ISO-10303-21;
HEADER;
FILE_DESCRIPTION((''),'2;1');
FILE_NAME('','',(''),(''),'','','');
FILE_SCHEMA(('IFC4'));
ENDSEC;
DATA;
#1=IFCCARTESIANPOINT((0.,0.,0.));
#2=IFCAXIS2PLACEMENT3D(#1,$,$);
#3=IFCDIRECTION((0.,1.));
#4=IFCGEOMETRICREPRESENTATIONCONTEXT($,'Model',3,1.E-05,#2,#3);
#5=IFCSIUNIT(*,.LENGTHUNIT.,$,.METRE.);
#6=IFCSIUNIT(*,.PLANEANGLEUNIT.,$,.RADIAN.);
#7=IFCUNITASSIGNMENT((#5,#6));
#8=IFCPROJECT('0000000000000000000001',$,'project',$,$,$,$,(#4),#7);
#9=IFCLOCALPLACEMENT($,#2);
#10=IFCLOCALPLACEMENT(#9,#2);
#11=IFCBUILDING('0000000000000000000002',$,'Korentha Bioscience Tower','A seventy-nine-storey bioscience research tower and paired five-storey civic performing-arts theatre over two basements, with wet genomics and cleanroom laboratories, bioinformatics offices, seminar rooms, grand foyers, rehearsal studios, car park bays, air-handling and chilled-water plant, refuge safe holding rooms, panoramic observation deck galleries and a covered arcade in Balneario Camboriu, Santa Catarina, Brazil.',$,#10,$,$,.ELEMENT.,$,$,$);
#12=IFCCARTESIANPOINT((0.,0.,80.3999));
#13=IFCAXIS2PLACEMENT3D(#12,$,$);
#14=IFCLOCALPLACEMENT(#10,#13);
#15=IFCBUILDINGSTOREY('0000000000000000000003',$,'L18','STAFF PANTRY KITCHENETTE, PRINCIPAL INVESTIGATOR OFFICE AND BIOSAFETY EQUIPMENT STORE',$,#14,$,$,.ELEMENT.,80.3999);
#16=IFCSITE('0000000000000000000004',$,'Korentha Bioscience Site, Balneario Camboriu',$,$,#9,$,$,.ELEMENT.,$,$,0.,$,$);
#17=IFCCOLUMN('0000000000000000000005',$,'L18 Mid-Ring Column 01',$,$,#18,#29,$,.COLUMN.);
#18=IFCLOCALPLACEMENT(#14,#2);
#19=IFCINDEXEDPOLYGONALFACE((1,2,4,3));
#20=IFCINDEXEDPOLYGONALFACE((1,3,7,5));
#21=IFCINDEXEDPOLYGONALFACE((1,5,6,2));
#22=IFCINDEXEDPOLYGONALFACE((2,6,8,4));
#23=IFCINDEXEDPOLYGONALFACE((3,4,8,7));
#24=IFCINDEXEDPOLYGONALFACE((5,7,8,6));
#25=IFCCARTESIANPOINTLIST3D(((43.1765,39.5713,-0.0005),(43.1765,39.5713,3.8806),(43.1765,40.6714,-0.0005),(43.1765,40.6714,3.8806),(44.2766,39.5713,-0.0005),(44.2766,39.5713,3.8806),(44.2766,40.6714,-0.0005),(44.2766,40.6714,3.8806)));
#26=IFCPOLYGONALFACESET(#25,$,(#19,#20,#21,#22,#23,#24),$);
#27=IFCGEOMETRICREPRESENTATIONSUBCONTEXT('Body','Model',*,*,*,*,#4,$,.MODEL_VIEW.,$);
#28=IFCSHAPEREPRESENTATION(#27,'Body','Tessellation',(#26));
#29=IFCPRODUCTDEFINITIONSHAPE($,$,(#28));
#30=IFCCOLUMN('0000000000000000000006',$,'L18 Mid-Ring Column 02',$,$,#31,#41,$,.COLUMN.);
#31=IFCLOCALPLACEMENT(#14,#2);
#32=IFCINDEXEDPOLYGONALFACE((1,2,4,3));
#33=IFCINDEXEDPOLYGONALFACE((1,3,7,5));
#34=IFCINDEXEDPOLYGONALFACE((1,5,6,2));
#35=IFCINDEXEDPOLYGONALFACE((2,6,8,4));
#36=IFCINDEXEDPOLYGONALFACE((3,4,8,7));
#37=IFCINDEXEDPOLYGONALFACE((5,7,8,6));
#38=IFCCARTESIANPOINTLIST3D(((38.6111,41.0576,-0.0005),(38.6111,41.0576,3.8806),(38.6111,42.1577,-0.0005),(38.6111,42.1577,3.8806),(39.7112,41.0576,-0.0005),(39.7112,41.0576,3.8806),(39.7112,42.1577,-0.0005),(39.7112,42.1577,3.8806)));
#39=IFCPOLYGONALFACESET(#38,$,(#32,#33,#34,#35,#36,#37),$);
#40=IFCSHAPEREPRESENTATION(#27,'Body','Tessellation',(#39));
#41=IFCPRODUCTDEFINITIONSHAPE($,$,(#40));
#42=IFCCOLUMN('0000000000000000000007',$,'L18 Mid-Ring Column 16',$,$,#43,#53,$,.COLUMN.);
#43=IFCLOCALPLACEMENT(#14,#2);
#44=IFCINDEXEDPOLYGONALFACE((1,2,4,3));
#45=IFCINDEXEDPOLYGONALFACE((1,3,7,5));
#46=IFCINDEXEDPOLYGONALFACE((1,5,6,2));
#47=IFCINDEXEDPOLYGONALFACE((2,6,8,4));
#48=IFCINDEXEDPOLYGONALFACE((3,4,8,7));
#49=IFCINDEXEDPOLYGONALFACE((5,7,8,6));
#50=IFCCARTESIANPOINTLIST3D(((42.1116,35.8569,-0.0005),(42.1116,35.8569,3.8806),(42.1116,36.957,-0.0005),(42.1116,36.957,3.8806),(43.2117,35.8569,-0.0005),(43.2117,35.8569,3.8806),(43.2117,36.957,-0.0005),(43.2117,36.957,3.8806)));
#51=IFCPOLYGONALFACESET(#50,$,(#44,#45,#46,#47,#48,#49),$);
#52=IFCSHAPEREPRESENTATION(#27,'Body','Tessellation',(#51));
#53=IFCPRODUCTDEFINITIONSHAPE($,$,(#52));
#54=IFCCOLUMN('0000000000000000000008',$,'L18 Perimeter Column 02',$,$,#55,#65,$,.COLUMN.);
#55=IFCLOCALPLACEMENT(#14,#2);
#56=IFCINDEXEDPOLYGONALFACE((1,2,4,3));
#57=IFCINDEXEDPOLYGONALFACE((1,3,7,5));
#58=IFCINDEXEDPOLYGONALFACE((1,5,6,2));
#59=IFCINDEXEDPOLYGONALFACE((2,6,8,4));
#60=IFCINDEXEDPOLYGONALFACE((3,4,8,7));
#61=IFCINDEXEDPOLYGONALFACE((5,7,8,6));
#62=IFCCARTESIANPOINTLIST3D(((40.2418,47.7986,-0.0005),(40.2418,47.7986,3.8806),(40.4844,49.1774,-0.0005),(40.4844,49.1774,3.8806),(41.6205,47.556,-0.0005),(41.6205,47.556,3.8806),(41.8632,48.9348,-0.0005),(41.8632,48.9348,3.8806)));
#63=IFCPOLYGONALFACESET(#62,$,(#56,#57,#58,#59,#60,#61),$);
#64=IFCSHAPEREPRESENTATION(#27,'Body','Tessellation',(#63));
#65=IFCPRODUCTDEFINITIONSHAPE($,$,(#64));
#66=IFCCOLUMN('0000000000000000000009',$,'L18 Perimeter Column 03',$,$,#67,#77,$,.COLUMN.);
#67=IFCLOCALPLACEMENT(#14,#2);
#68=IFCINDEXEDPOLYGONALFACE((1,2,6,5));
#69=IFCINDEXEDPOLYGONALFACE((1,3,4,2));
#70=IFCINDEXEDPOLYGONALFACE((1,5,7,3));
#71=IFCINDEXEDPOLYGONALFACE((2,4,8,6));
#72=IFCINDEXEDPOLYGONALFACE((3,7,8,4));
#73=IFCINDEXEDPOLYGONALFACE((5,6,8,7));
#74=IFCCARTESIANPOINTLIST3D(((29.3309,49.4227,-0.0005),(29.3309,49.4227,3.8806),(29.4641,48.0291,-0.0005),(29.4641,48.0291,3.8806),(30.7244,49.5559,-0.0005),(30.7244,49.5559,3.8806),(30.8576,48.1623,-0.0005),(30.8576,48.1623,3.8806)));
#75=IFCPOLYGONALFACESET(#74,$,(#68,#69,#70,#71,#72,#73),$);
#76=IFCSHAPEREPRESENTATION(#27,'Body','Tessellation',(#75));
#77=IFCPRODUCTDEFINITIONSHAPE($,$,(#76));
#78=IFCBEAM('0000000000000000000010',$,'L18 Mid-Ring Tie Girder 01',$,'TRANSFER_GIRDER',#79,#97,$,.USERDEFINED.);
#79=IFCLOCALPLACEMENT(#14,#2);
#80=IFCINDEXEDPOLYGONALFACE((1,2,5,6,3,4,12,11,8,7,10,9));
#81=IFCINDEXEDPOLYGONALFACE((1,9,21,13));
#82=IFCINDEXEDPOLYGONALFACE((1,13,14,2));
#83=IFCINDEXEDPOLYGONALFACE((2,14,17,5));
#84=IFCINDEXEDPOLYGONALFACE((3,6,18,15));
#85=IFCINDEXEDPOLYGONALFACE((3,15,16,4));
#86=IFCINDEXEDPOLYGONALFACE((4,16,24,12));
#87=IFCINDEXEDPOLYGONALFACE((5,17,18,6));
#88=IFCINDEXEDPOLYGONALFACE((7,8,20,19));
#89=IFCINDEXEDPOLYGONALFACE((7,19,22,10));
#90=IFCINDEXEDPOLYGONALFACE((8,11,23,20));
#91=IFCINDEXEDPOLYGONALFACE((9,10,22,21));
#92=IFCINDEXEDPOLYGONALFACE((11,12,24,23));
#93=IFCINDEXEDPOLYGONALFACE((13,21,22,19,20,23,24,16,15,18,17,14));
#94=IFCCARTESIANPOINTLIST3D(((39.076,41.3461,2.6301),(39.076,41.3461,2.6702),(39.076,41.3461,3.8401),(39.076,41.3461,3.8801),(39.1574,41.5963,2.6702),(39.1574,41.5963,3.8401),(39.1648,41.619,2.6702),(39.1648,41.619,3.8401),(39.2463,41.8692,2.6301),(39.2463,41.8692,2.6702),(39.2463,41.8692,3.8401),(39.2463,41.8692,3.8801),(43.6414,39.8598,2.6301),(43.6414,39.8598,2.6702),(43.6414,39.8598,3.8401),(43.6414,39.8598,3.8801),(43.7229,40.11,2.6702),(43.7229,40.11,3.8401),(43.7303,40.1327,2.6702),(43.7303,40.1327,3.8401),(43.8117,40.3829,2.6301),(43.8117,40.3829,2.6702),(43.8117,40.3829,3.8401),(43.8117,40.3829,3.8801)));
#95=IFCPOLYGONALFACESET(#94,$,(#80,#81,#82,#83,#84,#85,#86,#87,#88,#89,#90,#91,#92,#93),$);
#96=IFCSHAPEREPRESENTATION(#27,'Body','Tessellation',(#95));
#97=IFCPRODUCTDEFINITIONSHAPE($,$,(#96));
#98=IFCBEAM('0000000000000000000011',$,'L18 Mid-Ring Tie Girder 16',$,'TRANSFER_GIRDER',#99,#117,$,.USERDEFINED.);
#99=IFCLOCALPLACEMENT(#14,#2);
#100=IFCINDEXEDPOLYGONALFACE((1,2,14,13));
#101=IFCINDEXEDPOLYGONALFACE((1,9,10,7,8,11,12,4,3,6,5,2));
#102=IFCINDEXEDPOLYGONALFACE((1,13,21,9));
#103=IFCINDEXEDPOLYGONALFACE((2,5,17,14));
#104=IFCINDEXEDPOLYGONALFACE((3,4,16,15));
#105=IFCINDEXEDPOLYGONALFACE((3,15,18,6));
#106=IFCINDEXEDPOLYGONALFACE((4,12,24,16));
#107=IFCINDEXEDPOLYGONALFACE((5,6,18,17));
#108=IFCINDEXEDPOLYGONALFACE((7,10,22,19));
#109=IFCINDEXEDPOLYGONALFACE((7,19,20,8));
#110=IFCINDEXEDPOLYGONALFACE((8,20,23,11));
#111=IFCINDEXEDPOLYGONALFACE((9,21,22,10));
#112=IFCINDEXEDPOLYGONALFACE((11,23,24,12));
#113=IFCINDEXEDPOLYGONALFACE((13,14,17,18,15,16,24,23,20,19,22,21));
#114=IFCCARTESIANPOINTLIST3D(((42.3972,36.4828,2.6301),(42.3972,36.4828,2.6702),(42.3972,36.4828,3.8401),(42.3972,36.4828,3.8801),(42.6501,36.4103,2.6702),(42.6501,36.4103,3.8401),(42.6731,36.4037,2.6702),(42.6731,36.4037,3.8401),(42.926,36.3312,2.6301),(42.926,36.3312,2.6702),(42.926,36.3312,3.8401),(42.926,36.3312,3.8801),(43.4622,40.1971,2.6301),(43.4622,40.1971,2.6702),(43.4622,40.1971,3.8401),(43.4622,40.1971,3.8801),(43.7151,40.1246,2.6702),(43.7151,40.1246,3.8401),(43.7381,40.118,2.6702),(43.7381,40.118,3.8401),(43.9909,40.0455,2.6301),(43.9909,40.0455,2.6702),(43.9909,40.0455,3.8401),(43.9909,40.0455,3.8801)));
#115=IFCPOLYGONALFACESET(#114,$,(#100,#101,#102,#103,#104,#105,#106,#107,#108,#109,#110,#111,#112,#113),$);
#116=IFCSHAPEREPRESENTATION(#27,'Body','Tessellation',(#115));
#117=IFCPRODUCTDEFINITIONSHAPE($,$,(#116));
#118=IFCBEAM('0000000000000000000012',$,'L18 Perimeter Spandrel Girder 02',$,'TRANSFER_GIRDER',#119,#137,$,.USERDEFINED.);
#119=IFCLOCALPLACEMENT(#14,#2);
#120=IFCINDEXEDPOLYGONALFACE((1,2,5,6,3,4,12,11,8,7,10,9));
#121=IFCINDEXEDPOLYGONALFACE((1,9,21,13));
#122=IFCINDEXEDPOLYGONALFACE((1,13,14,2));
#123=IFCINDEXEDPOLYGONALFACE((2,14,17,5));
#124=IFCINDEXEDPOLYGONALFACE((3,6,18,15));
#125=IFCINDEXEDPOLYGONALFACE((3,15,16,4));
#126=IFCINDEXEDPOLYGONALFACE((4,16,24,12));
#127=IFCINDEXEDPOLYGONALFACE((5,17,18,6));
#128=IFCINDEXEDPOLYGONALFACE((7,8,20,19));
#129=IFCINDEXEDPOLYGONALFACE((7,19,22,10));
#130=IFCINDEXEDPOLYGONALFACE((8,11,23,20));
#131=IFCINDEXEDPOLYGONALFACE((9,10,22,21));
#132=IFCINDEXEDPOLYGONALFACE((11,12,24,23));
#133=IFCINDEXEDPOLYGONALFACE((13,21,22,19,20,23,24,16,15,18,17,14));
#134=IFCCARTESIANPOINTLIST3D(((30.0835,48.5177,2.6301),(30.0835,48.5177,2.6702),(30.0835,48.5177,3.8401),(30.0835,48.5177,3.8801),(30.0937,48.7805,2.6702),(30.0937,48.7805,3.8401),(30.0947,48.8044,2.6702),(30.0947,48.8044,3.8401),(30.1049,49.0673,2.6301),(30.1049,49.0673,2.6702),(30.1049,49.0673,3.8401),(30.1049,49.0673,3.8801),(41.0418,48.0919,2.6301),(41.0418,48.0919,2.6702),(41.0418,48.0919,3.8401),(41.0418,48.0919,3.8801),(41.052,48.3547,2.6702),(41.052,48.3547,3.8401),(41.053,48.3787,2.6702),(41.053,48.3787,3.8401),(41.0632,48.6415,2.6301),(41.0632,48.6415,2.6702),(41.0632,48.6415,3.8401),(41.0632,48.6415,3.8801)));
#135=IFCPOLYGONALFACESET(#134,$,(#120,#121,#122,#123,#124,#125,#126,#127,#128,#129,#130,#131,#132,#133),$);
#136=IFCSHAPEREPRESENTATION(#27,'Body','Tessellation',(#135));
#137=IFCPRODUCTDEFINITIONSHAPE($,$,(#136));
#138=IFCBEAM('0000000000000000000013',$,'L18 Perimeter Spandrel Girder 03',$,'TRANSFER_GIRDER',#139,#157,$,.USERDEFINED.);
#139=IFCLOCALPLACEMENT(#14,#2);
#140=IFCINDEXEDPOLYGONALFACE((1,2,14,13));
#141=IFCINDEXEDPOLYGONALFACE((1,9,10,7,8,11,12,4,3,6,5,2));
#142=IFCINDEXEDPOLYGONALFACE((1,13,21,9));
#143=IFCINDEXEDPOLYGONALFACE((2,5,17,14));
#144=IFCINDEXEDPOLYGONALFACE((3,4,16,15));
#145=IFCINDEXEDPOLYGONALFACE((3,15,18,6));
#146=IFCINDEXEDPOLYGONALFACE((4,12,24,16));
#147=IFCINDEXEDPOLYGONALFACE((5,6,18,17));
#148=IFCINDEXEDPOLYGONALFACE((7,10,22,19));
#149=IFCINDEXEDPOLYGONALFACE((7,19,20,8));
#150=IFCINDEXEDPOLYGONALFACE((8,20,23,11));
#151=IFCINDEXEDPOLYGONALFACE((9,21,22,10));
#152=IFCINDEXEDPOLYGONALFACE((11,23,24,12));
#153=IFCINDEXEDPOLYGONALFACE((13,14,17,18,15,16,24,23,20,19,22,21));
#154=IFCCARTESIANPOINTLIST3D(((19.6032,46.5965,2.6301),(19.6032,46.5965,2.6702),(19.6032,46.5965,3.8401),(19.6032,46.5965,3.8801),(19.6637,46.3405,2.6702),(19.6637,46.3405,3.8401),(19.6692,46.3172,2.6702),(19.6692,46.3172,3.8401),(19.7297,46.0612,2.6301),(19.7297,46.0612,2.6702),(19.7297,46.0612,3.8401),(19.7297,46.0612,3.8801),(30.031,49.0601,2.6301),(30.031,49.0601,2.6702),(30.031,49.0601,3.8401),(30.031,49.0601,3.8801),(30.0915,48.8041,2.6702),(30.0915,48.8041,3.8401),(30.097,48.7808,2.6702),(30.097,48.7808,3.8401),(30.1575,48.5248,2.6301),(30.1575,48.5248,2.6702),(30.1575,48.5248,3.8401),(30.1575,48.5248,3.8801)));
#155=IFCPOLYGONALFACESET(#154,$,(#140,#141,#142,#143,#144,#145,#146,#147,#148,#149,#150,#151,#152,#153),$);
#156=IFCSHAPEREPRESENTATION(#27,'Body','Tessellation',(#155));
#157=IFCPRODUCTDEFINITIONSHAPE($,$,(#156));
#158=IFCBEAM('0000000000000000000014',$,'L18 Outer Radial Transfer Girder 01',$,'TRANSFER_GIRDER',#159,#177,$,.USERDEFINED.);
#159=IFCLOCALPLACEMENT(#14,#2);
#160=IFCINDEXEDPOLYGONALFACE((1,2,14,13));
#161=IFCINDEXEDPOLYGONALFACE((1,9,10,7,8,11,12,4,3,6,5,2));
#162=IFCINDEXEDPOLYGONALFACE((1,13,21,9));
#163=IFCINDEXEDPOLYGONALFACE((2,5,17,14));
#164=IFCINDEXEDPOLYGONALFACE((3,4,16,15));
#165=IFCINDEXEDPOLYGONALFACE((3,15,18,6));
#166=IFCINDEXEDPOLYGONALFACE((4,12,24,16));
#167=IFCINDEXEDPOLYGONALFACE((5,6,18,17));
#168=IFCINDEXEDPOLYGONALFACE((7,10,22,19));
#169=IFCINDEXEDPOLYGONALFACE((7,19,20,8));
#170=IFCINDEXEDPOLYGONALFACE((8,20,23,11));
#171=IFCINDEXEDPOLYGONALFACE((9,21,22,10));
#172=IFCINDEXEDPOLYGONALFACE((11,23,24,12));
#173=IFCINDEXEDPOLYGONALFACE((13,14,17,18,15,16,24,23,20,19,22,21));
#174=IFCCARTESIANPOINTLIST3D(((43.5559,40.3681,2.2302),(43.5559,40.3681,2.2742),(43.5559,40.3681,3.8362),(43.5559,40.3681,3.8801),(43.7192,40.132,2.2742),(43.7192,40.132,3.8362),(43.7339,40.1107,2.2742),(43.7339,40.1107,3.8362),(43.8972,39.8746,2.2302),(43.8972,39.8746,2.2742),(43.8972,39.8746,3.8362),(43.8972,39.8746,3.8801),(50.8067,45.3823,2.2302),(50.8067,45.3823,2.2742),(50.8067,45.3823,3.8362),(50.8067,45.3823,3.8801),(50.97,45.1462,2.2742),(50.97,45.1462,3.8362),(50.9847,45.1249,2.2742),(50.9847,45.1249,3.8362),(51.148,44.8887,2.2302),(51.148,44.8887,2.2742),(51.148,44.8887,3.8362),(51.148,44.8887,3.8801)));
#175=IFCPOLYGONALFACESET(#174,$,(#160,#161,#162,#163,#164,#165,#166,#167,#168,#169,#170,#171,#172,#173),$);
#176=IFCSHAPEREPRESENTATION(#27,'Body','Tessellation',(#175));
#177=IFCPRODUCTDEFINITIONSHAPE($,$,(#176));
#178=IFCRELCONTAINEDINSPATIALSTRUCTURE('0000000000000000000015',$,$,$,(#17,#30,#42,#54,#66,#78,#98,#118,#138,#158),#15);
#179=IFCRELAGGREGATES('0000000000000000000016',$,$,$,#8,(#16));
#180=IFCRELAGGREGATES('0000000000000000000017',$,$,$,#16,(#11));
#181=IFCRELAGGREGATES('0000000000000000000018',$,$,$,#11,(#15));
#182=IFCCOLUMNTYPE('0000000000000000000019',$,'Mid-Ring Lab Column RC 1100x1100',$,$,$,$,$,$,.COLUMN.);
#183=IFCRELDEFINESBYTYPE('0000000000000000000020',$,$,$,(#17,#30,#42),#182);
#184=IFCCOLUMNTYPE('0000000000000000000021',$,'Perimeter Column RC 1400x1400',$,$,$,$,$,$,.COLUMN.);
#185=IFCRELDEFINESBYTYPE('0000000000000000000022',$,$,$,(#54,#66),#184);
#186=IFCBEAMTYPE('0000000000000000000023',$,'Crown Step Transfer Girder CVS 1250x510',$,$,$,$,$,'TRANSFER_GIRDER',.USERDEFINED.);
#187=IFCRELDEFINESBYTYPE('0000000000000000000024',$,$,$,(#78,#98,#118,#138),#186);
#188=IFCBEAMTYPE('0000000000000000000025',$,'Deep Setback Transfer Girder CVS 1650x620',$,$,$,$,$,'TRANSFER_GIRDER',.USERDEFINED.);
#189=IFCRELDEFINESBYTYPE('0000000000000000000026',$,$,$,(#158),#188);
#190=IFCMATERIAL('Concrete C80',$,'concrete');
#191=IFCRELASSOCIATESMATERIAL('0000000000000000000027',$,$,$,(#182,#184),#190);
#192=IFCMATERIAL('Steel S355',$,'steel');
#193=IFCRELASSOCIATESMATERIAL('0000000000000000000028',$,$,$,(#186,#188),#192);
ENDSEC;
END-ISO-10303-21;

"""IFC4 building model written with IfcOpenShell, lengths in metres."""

from ifc_helpers import new_model, si_unit, direction, frame, origin, origin_2d, place, context, subcontext, project, spatial, rectangle, i_section, extrude, material, material_profile, profile_set, type_object, element, save


model = new_model("IFC4")

# Units and contexts
model_context = context("Model", 3, precision=1e-05, world=origin(), true_north=direction((0.0, 1.0)))
body_context = subcontext(model_context, "Body", "Model", "MODEL_VIEW")
ifc_project = project(units=[si_unit("LENGTHUNIT", "METRE"), si_unit("PLANEANGLEUNIT", "RADIAN")], contexts=[model_context])

# Site, building, storey
site_placement = place(None, origin())
site = spatial("IfcSite", under=ifc_project, at=site_placement, Name="Korentha Bioscience Site, Balneario Camboriu", CompositionType="ELEMENT", RefElevation=0.0)
building_placement = place(site_placement, origin())
building = spatial("IfcBuilding", under=site, at=building_placement, Name="Korentha Bioscience Tower", Description="A seventy-nine-storey bioscience research tower and paired five-storey civic performing-arts theatre over two basements, with wet genomics and cleanroom laboratories, bioinformatics offices, seminar rooms, grand foyers, rehearsal studios, car park bays, air-handling and chilled-water plant, refuge safe holding rooms, panoramic observation deck galleries and a covered arcade in Balneario Camboriu, Santa Catarina, Brazil.", CompositionType="ELEMENT")
storey_placement = place(building_placement, frame((0.0, 0.0, 80.3999)))
storey = spatial("IfcBuildingStorey", under=building, at=storey_placement, Name="L18", Description="STAFF PANTRY KITCHENETTE, PRINCIPAL INVESTIGATOR OFFICE AND BIOSAFETY EQUIPMENT STORE", CompositionType="ELEMENT", Elevation=80.3999)

# Columns
ifc_material_1 = material(Name="Concrete C80", Category="concrete")
ifc_material_profile_1 = material_profile(ifc_material_1, rectangle(XDim=1.1001, YDim=1.1001, at=origin_2d()), Name="Concrete C80")
ifc_profile_set_1 = profile_set([ifc_material_profile_1], Name="Concrete C80 (COL-MR11)")
column_type_1 = type_object("IfcColumnType", Name="Mid-Ring Lab Column RC 1100x1100", PredefinedType="COLUMN", material=ifc_profile_set_1)
for number, where, z_axis, x_axis, name in (
    (1, (43.7266, 40.1213, -0.0005), (0.0, 0.0, 1.0), (1.0, 0.0, 0.0), "L18 Mid-Ring Column 01"),
    (2, (39.1611, 41.6077, -0.0005), (0.0, 0.0, 1.0), (1.0, 0.0, 0.0), "L18 Mid-Ring Column 02"),
    (3, (42.6616, 36.407, -0.0005), (0.0, 0.0, 1.0), (1.0, 0.0, 0.0), "L18 Mid-Ring Column 16"),
):
    element("IfcColumn", number, at=place(storey_placement, frame(where, z_axis=z_axis, x_axis=x_axis)), inside=storey, type_object=column_type_1, Name=name, PredefinedType="COLUMN", context=body_context, shape_type="SweptSolid", body=[
        extrude(rectangle(XDim=1.1001, YDim=1.1001, at=origin_2d()), origin(), (0.0, 0.0, 1.0), 3.8811),
    ])
ifc_material_profile_2 = material_profile(ifc_material_1, rectangle(XDim=1.3999, YDim=1.3999, at=origin_2d()), Name="Concrete C80")
ifc_profile_set_2 = profile_set([ifc_material_profile_2], Name="Concrete C80 (COL-P14)")
column_type_2 = type_object("IfcColumnType", Name="Perimeter Column RC 1400x1400", PredefinedType="COLUMN", material=ifc_profile_set_2)
for number, where, z_axis, x_axis, name in (
    (4, (41.0525, 48.3667, -0.0005), (0.0, 0.0, 1.0), (-0.984868, 0.173304, 0.0), "L18 Perimeter Column 02"),
    (5, (30.0942, 48.7925, -0.0005), (0.0, 0.0, 1.0), (0.995463, 0.095151, 0.0), "L18 Perimeter Column 03"),
):
    element("IfcColumn", number, at=place(storey_placement, frame(where, z_axis=z_axis, x_axis=x_axis)), inside=storey, type_object=column_type_2, Name=name, PredefinedType="COLUMN", context=body_context, shape_type="SweptSolid", body=[
        extrude(rectangle(XDim=1.3999, YDim=1.3999, at=origin_2d()), origin(), (0.0, 0.0, 1.0), 3.8811),
    ])

# Beams
ifc_material_2 = material(Name="Steel S355", Category="steel")
ifc_material_profile_3 = material_profile(ifc_material_2, i_section(OverallWidth=0.55, OverallDepth=1.25, WebThickness=0.0239, FlangeThickness=0.04, at=origin_2d()), Name="Steel S355")
ifc_profile_set_3 = profile_set([ifc_material_profile_3], Name="Steel S355 (TG-03)")
beam_type_1 = type_object("IfcBeamType", Name="Crown Step Transfer Girder CVS 1250x510", ElementType="TRANSFER_GIRDER", PredefinedType="USERDEFINED", material=ifc_profile_set_3)
beam_1_placement = place(storey_placement, frame((43.7266, 40.1213, 3.2551), z_axis=(-0.950877, 0.309569, 0.0), x_axis=(-0.309569, -0.950877, 0.0)))
element("IfcBeam", 6, at=beam_1_placement, inside=storey, type_object=beam_type_1, Name="L18 Mid-Ring Tie Girder 01", ObjectType="TRANSFER_GIRDER", PredefinedType="USERDEFINED", context=body_context, shape_type="SweptSolid", body=[
    extrude(i_section(OverallWidth=0.55, OverallDepth=1.25, WebThickness=0.0239, FlangeThickness=0.04, at=origin_2d()), origin(), (0.0, 0.0, 1.0), 4.8013),
])
beam_2_placement = place(storey_placement, frame((42.6616, 36.407, 3.2551), z_axis=(0.275606, 0.961271, 0.0), x_axis=(-0.961271, 0.275606, 0.0)))
element("IfcBeam", 7, at=beam_2_placement, inside=storey, type_object=beam_type_1, Name="L18 Mid-Ring Tie Girder 16", ObjectType="TRANSFER_GIRDER", PredefinedType="USERDEFINED", context=body_context, shape_type="SweptSolid", body=[
    extrude(i_section(OverallWidth=0.55, OverallDepth=1.25, WebThickness=0.0239, FlangeThickness=0.04, at=origin_2d()), origin(), (0.0, 0.0, 1.0), 3.864),
])
beam_3_placement = place(storey_placement, frame((41.0525, 48.3667, 3.2551), z_axis=(-0.999246, 0.038826, 0.0), x_axis=(-0.038826, -0.999246, 0.0)))
element("IfcBeam", 8, at=beam_3_placement, inside=storey, type_object=beam_type_1, Name="L18 Perimeter Spandrel Girder 02", ObjectType="TRANSFER_GIRDER", PredefinedType="USERDEFINED", context=body_context, shape_type="SweptSolid", body=[
    extrude(i_section(OverallWidth=0.55, OverallDepth=1.25, WebThickness=0.0239, FlangeThickness=0.04, at=origin_2d()), origin(), (0.0, 0.0, 1.0), 10.9666),
])
beam_4_placement = place(storey_placement, frame((30.0942, 48.7925, 3.2551), z_axis=(-0.973208, -0.229927, 0.0), x_axis=(0.229927, -0.973208, 0.0)))
element("IfcBeam", 9, at=beam_4_placement, inside=storey, type_object=beam_type_1, Name="L18 Perimeter Spandrel Girder 03", ObjectType="TRANSFER_GIRDER", PredefinedType="USERDEFINED", context=body_context, shape_type="SweptSolid", body=[
    extrude(i_section(OverallWidth=0.55, OverallDepth=1.25, WebThickness=0.0239, FlangeThickness=0.04, at=origin_2d()), origin(), (0.0, 0.0, 1.0), 10.7148),
])
ifc_material_profile_4 = material_profile(ifc_material_2, i_section(OverallWidth=0.6001, OverallDepth=1.6499, WebThickness=0.0259, FlangeThickness=0.0439, at=origin_2d()), Name="Steel S355")
ifc_profile_set_4 = profile_set([ifc_material_profile_4], Name="Steel S355 (TG-04)")
beam_type_2 = type_object("IfcBeamType", Name="Deep Setback Transfer Girder CVS 1650x620", ElementType="TRANSFER_GIRDER", PredefinedType="USERDEFINED", material=ifc_profile_set_4)
beam_5_placement = place(storey_placement, frame((43.7266, 40.1213, 3.0552), z_axis=(0.822488, 0.568782, 0.0), x_axis=(-0.568782, 0.822488, 0.0)))
element("IfcBeam", 10, at=beam_5_placement, inside=storey, type_object=beam_type_2, Name="L18 Outer Radial Transfer Girder 01", ObjectType="TRANSFER_GIRDER", PredefinedType="USERDEFINED", context=body_context, shape_type="SweptSolid", body=[
    extrude(i_section(OverallWidth=0.6001, OverallDepth=1.6499, WebThickness=0.0259, FlangeThickness=0.0439, at=origin_2d()), origin(), (0.0, 0.0, 1.0), 8.8157),
])

save(model, "model.ifc")
